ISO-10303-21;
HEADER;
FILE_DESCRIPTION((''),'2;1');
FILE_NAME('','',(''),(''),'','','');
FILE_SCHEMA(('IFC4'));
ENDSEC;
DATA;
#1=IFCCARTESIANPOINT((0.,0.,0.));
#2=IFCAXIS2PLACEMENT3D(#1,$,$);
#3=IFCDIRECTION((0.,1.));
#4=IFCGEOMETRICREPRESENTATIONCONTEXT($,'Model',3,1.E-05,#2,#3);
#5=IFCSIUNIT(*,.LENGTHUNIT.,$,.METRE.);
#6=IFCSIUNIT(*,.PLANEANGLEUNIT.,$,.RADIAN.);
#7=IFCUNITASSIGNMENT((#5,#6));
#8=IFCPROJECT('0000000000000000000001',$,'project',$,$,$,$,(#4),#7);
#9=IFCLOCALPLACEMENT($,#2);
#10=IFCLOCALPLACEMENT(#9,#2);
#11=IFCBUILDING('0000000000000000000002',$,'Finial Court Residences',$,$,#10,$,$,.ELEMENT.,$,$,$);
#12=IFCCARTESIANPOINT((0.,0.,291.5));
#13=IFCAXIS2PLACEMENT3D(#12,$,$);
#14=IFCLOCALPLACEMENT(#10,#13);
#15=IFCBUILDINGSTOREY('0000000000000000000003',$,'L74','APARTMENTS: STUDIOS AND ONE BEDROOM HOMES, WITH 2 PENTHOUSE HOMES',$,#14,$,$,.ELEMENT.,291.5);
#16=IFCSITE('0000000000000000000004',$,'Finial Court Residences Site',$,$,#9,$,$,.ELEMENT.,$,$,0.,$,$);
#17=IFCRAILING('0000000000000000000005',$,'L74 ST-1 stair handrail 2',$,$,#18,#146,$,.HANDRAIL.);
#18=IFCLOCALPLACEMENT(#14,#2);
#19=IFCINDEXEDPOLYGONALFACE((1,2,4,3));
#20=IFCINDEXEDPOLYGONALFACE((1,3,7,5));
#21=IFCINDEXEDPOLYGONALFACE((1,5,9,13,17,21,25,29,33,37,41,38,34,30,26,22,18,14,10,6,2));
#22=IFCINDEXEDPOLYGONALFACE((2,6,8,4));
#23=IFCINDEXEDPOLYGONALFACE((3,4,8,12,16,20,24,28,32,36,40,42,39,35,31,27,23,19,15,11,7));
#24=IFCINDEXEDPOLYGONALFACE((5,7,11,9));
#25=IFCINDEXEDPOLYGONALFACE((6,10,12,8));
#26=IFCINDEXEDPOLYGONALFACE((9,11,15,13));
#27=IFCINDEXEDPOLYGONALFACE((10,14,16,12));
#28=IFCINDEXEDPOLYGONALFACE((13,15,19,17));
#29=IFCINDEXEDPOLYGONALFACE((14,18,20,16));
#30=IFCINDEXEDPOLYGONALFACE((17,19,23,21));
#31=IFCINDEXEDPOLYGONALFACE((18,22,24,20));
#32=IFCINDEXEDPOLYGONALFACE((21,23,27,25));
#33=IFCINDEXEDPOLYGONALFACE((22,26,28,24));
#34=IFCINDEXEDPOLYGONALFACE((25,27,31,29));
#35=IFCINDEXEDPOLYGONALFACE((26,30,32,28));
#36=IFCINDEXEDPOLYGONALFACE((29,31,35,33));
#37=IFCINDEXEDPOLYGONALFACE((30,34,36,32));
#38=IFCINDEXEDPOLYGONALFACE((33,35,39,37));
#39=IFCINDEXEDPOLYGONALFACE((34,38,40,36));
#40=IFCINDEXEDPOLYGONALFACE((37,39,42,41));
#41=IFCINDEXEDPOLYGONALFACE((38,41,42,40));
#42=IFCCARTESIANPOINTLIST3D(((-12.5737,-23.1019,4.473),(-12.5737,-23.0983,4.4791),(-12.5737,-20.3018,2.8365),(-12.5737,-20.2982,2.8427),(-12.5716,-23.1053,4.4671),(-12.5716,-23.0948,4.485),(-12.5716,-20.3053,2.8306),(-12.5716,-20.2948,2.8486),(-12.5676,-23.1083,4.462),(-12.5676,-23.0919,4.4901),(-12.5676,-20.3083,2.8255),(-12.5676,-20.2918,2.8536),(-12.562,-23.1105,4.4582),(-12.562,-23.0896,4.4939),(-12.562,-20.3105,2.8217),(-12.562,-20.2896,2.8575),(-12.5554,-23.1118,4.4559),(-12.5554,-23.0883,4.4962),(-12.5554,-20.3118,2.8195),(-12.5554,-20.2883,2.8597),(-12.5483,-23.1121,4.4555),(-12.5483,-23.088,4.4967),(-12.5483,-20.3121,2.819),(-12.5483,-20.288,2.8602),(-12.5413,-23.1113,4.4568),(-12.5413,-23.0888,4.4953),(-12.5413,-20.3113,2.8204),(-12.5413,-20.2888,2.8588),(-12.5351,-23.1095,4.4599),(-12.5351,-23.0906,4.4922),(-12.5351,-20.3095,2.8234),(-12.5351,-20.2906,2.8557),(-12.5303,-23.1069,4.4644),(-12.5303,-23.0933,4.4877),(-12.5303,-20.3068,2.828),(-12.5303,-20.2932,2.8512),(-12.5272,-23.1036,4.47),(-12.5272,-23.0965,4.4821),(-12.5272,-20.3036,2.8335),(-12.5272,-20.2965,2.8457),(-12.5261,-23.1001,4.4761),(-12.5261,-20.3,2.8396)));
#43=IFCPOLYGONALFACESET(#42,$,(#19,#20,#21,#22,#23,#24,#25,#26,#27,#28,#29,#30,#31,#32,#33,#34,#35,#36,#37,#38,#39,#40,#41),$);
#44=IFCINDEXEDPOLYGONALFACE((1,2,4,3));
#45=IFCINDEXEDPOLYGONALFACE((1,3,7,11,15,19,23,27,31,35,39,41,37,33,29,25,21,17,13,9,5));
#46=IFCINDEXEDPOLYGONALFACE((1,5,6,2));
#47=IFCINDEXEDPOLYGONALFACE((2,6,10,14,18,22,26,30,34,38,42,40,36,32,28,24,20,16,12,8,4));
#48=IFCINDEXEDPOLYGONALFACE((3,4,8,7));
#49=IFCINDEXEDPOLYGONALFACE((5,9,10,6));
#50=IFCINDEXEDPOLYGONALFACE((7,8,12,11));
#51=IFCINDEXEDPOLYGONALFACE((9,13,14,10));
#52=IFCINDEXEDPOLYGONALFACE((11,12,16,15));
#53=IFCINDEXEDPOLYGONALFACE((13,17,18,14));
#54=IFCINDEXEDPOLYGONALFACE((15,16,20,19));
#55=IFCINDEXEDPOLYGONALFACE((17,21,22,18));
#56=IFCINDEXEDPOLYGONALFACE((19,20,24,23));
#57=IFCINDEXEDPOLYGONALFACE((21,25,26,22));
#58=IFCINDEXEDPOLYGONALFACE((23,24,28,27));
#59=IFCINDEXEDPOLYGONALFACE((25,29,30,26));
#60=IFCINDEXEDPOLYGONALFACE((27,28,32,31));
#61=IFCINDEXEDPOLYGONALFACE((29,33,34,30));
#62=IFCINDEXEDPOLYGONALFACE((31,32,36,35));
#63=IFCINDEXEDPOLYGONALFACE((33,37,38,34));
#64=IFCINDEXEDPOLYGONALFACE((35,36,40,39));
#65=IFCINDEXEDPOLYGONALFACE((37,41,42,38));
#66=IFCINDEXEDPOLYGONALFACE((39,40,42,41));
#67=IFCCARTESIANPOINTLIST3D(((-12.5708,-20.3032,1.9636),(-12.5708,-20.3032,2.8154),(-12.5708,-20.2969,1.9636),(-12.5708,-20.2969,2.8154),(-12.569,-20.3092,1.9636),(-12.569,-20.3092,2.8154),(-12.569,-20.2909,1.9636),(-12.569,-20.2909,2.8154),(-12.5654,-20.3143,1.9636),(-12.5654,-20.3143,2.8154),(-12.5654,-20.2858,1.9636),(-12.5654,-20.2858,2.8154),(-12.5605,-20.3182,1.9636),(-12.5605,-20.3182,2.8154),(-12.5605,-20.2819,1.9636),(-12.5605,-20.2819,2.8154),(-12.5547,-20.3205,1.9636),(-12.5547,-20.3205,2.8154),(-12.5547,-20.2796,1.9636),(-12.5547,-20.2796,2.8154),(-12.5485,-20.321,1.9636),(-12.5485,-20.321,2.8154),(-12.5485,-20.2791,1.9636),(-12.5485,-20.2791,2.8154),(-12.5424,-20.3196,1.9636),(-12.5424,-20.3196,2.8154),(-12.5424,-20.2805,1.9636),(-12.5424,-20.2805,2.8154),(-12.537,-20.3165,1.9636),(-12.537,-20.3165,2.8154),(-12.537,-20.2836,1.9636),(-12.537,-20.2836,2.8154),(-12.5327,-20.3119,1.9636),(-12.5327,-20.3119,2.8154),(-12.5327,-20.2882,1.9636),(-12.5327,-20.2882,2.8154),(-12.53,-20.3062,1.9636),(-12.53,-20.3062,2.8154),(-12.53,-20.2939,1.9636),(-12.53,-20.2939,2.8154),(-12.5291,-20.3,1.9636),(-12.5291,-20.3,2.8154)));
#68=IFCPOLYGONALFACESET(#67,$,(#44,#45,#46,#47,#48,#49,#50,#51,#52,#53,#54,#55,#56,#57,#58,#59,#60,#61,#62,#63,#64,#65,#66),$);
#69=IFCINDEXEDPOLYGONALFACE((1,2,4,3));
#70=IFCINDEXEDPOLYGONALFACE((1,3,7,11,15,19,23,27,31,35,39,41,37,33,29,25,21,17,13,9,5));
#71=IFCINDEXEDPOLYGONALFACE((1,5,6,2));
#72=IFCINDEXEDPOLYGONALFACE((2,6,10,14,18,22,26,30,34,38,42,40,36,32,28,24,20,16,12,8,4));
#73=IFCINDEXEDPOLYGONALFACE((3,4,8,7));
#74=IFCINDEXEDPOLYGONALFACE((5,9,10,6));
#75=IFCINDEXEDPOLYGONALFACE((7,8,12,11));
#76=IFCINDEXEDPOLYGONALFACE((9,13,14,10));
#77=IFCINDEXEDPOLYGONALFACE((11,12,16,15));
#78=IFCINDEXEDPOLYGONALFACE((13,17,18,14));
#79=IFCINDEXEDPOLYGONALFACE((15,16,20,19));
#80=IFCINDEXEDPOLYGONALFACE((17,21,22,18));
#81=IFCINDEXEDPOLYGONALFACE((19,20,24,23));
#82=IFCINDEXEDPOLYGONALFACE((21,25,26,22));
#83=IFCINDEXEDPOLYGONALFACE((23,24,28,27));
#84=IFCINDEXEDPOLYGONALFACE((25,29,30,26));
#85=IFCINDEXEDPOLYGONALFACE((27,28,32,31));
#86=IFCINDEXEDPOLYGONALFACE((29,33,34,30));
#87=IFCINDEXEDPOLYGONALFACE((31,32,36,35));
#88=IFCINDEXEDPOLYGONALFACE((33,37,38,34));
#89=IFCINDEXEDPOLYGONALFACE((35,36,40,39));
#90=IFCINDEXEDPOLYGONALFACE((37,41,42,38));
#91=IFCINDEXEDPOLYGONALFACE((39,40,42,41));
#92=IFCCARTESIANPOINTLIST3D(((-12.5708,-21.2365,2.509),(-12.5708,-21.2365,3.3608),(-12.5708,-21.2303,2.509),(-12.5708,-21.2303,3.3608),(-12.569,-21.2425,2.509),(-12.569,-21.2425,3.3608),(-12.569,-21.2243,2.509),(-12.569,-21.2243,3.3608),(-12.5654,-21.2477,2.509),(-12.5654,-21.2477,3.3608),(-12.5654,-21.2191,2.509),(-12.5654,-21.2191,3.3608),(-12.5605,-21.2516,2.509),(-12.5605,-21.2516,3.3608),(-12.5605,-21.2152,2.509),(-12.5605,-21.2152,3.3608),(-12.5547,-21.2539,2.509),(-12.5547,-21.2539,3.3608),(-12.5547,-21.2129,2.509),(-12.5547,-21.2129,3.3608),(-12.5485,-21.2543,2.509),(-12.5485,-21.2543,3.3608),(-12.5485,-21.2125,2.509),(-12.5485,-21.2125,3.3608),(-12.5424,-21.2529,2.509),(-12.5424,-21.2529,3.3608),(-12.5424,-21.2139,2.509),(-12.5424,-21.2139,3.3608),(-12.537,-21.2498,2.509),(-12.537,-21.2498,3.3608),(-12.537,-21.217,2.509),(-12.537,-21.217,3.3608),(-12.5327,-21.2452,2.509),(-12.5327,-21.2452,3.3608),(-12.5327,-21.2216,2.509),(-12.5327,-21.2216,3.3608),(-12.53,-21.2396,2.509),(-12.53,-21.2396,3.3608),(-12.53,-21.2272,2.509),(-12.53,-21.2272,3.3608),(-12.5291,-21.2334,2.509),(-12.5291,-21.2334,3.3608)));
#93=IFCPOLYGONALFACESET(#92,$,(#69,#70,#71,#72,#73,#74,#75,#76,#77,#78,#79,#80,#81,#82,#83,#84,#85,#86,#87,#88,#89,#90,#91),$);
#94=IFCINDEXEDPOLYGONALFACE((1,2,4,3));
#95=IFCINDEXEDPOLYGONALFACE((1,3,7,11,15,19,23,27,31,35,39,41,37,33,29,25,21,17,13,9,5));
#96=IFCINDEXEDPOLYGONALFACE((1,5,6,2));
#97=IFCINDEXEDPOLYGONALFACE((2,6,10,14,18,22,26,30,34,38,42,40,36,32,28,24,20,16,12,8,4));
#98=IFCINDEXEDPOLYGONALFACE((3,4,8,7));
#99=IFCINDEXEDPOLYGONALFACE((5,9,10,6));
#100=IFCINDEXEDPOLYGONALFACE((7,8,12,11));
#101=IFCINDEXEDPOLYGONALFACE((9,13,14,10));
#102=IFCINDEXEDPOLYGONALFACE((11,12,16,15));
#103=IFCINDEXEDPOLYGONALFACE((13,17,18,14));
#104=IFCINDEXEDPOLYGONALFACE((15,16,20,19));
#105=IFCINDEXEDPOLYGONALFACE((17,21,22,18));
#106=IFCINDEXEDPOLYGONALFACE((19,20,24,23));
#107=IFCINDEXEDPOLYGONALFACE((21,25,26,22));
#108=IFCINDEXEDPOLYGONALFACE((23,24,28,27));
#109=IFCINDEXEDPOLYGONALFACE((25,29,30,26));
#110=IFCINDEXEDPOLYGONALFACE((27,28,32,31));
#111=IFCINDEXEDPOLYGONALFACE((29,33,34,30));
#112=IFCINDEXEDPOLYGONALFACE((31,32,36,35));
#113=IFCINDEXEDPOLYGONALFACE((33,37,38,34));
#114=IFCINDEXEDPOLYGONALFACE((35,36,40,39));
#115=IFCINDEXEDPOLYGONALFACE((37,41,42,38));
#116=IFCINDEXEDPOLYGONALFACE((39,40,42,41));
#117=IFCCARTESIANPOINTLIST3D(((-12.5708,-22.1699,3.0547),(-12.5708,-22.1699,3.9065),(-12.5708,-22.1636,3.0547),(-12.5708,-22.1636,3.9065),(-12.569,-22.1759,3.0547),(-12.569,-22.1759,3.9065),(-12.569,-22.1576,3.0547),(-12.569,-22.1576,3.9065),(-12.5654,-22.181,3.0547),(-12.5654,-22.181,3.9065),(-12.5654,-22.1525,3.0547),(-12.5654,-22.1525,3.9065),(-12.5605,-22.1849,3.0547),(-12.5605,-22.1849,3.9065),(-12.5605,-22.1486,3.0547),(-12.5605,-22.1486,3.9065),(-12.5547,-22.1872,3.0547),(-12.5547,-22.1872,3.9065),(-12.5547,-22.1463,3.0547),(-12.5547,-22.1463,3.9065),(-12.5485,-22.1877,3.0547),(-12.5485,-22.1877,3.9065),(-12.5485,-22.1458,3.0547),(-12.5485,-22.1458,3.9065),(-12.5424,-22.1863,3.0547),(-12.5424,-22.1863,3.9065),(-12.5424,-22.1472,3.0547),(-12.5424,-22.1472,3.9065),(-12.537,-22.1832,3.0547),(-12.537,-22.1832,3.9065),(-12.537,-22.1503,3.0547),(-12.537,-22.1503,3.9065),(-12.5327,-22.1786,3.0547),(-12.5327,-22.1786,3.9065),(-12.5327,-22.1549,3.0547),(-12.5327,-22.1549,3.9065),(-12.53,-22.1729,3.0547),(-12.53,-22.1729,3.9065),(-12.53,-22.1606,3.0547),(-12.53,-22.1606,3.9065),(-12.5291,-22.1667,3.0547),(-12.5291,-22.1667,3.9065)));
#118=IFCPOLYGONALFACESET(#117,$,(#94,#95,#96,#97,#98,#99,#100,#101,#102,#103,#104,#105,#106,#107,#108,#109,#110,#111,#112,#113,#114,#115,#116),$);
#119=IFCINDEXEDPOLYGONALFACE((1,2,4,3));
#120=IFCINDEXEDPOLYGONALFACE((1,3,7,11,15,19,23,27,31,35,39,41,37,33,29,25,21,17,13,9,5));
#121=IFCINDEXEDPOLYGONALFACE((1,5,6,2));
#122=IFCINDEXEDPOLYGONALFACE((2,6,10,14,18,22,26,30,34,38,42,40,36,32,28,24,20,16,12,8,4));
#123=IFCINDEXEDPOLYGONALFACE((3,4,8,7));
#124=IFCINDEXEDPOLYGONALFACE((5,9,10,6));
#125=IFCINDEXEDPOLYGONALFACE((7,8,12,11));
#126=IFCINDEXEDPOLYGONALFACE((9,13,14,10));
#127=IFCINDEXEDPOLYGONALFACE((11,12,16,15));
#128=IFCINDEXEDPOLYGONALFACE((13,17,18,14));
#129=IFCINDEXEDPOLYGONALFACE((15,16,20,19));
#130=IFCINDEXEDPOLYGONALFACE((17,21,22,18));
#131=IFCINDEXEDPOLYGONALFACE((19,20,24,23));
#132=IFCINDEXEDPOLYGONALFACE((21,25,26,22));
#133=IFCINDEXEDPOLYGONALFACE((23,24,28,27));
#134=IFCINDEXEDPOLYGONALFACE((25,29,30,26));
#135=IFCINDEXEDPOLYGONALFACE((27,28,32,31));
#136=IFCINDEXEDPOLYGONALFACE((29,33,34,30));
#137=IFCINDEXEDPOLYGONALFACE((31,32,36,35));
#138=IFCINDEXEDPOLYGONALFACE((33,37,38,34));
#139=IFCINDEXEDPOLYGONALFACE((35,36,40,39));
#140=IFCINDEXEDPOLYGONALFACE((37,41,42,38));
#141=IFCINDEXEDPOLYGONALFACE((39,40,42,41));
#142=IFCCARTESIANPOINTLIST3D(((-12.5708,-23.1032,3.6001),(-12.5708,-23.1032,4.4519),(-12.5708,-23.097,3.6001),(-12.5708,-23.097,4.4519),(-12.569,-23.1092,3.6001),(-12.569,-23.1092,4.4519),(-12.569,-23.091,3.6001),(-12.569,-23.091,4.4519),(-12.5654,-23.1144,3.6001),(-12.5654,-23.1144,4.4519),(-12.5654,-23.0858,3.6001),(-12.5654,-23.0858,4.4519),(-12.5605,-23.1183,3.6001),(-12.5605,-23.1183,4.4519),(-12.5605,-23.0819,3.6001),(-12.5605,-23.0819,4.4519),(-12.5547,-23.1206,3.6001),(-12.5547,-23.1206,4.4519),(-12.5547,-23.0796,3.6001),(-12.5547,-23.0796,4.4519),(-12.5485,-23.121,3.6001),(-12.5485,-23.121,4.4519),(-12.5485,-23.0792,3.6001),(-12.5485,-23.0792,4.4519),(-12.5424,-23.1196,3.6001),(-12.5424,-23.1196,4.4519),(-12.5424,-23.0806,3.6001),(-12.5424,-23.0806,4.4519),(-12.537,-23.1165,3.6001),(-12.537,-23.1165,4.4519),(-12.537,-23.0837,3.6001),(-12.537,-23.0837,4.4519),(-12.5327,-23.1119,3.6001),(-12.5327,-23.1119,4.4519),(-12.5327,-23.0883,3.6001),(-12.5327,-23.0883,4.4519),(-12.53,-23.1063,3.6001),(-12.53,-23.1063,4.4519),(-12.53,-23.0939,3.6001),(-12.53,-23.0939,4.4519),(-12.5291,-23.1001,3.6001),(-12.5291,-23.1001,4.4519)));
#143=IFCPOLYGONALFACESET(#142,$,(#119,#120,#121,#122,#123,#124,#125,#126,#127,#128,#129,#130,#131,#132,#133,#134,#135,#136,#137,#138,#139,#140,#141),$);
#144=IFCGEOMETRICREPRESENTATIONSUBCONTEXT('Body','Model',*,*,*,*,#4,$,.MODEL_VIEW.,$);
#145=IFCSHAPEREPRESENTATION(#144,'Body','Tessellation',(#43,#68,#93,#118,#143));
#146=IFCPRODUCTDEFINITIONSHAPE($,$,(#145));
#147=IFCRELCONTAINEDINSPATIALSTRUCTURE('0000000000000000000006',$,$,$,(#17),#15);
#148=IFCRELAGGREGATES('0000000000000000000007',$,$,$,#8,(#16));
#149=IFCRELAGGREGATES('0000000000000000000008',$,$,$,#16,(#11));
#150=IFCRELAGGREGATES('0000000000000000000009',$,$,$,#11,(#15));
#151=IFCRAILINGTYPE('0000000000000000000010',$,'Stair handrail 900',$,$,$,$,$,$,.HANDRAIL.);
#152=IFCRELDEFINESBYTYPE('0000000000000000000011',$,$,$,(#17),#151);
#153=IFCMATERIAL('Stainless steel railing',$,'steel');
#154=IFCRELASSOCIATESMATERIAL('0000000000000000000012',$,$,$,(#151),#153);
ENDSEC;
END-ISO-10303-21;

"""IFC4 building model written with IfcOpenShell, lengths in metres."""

from ifc_helpers import new_model, si_unit, direction, frame, origin, origin_2d, place, context, subcontext, project, spatial, circle, extrude, material, type_object, element, save


model = new_model("IFC4")

# Units and contexts
model_context = context("Model", 3, precision=1e-05, world=origin(), true_north=direction((0.0, 1.0)))
body_context = subcontext(model_context, "Body", "Model", "MODEL_VIEW")
ifc_project = project(units=[si_unit("LENGTHUNIT", "METRE"), si_unit("PLANEANGLEUNIT", "RADIAN")], contexts=[model_context])

# Site, building, storey
site_placement = place(None, origin())
site = spatial("IfcSite", under=ifc_project, at=site_placement, Name="Finial Court Residences Site", CompositionType="ELEMENT", RefElevation=0.0)
building_placement = place(site_placement, origin())
building = spatial("IfcBuilding", under=site, at=building_placement, Name="Finial Court Residences", CompositionType="ELEMENT")
storey_placement = place(building_placement, frame((0.0, 0.0, 291.5)))
storey = spatial("IfcBuildingStorey", under=building, at=storey_placement, Name="L74", Description="APARTMENTS: STUDIOS AND ONE BEDROOM HOMES, WITH 2 PENTHOUSE HOMES", CompositionType="ELEMENT", Elevation=291.5)

# Railing
ifc_material_1 = material(Name="Stainless steel railing", Category="steel")
railing_type_1 = type_object("IfcRailingType", Name="Stair handrail 900", PredefinedType="HANDRAIL", material=ifc_material_1)
railing_1_placement = place(storey_placement, frame((-12.55, -20.3, 1.9636)))
element("IfcRailing", 1, at=railing_1_placement, inside=storey, type_object=railing_type_1, Name="L74 ST-1 stair handrail 2", PredefinedType="HANDRAIL", context=body_context, shape_type="SweptSolid", body=[
    extrude(circle(Radius=0.0239, at=origin_2d()), frame((0.0, 0.0, 0.876), z_axis=(0.0, -0.863361, 0.504587), x_axis=(1.0, 0.0, 0.0)), (0.0, 0.0, 1.0), 3.2432),
    extrude(circle(Radius=0.021, at=origin_2d()), origin(), (0.0, 0.0, 1.0), 0.8518),
    extrude(circle(Radius=0.021, at=origin_2d()), frame((0.0, -0.9333, 0.5454)), (0.0, 0.0, 1.0), 0.8518),
    extrude(circle(Radius=0.021, at=origin_2d()), frame((0.0, -1.8667, 1.0911)), (0.0, 0.0, 1.0), 0.8518),
    extrude(circle(Radius=0.021, at=origin_2d()), frame((0.0, -2.8, 1.6365)), (0.0, 0.0, 1.0), 0.8518),
])

save(model, "model.ifc")
